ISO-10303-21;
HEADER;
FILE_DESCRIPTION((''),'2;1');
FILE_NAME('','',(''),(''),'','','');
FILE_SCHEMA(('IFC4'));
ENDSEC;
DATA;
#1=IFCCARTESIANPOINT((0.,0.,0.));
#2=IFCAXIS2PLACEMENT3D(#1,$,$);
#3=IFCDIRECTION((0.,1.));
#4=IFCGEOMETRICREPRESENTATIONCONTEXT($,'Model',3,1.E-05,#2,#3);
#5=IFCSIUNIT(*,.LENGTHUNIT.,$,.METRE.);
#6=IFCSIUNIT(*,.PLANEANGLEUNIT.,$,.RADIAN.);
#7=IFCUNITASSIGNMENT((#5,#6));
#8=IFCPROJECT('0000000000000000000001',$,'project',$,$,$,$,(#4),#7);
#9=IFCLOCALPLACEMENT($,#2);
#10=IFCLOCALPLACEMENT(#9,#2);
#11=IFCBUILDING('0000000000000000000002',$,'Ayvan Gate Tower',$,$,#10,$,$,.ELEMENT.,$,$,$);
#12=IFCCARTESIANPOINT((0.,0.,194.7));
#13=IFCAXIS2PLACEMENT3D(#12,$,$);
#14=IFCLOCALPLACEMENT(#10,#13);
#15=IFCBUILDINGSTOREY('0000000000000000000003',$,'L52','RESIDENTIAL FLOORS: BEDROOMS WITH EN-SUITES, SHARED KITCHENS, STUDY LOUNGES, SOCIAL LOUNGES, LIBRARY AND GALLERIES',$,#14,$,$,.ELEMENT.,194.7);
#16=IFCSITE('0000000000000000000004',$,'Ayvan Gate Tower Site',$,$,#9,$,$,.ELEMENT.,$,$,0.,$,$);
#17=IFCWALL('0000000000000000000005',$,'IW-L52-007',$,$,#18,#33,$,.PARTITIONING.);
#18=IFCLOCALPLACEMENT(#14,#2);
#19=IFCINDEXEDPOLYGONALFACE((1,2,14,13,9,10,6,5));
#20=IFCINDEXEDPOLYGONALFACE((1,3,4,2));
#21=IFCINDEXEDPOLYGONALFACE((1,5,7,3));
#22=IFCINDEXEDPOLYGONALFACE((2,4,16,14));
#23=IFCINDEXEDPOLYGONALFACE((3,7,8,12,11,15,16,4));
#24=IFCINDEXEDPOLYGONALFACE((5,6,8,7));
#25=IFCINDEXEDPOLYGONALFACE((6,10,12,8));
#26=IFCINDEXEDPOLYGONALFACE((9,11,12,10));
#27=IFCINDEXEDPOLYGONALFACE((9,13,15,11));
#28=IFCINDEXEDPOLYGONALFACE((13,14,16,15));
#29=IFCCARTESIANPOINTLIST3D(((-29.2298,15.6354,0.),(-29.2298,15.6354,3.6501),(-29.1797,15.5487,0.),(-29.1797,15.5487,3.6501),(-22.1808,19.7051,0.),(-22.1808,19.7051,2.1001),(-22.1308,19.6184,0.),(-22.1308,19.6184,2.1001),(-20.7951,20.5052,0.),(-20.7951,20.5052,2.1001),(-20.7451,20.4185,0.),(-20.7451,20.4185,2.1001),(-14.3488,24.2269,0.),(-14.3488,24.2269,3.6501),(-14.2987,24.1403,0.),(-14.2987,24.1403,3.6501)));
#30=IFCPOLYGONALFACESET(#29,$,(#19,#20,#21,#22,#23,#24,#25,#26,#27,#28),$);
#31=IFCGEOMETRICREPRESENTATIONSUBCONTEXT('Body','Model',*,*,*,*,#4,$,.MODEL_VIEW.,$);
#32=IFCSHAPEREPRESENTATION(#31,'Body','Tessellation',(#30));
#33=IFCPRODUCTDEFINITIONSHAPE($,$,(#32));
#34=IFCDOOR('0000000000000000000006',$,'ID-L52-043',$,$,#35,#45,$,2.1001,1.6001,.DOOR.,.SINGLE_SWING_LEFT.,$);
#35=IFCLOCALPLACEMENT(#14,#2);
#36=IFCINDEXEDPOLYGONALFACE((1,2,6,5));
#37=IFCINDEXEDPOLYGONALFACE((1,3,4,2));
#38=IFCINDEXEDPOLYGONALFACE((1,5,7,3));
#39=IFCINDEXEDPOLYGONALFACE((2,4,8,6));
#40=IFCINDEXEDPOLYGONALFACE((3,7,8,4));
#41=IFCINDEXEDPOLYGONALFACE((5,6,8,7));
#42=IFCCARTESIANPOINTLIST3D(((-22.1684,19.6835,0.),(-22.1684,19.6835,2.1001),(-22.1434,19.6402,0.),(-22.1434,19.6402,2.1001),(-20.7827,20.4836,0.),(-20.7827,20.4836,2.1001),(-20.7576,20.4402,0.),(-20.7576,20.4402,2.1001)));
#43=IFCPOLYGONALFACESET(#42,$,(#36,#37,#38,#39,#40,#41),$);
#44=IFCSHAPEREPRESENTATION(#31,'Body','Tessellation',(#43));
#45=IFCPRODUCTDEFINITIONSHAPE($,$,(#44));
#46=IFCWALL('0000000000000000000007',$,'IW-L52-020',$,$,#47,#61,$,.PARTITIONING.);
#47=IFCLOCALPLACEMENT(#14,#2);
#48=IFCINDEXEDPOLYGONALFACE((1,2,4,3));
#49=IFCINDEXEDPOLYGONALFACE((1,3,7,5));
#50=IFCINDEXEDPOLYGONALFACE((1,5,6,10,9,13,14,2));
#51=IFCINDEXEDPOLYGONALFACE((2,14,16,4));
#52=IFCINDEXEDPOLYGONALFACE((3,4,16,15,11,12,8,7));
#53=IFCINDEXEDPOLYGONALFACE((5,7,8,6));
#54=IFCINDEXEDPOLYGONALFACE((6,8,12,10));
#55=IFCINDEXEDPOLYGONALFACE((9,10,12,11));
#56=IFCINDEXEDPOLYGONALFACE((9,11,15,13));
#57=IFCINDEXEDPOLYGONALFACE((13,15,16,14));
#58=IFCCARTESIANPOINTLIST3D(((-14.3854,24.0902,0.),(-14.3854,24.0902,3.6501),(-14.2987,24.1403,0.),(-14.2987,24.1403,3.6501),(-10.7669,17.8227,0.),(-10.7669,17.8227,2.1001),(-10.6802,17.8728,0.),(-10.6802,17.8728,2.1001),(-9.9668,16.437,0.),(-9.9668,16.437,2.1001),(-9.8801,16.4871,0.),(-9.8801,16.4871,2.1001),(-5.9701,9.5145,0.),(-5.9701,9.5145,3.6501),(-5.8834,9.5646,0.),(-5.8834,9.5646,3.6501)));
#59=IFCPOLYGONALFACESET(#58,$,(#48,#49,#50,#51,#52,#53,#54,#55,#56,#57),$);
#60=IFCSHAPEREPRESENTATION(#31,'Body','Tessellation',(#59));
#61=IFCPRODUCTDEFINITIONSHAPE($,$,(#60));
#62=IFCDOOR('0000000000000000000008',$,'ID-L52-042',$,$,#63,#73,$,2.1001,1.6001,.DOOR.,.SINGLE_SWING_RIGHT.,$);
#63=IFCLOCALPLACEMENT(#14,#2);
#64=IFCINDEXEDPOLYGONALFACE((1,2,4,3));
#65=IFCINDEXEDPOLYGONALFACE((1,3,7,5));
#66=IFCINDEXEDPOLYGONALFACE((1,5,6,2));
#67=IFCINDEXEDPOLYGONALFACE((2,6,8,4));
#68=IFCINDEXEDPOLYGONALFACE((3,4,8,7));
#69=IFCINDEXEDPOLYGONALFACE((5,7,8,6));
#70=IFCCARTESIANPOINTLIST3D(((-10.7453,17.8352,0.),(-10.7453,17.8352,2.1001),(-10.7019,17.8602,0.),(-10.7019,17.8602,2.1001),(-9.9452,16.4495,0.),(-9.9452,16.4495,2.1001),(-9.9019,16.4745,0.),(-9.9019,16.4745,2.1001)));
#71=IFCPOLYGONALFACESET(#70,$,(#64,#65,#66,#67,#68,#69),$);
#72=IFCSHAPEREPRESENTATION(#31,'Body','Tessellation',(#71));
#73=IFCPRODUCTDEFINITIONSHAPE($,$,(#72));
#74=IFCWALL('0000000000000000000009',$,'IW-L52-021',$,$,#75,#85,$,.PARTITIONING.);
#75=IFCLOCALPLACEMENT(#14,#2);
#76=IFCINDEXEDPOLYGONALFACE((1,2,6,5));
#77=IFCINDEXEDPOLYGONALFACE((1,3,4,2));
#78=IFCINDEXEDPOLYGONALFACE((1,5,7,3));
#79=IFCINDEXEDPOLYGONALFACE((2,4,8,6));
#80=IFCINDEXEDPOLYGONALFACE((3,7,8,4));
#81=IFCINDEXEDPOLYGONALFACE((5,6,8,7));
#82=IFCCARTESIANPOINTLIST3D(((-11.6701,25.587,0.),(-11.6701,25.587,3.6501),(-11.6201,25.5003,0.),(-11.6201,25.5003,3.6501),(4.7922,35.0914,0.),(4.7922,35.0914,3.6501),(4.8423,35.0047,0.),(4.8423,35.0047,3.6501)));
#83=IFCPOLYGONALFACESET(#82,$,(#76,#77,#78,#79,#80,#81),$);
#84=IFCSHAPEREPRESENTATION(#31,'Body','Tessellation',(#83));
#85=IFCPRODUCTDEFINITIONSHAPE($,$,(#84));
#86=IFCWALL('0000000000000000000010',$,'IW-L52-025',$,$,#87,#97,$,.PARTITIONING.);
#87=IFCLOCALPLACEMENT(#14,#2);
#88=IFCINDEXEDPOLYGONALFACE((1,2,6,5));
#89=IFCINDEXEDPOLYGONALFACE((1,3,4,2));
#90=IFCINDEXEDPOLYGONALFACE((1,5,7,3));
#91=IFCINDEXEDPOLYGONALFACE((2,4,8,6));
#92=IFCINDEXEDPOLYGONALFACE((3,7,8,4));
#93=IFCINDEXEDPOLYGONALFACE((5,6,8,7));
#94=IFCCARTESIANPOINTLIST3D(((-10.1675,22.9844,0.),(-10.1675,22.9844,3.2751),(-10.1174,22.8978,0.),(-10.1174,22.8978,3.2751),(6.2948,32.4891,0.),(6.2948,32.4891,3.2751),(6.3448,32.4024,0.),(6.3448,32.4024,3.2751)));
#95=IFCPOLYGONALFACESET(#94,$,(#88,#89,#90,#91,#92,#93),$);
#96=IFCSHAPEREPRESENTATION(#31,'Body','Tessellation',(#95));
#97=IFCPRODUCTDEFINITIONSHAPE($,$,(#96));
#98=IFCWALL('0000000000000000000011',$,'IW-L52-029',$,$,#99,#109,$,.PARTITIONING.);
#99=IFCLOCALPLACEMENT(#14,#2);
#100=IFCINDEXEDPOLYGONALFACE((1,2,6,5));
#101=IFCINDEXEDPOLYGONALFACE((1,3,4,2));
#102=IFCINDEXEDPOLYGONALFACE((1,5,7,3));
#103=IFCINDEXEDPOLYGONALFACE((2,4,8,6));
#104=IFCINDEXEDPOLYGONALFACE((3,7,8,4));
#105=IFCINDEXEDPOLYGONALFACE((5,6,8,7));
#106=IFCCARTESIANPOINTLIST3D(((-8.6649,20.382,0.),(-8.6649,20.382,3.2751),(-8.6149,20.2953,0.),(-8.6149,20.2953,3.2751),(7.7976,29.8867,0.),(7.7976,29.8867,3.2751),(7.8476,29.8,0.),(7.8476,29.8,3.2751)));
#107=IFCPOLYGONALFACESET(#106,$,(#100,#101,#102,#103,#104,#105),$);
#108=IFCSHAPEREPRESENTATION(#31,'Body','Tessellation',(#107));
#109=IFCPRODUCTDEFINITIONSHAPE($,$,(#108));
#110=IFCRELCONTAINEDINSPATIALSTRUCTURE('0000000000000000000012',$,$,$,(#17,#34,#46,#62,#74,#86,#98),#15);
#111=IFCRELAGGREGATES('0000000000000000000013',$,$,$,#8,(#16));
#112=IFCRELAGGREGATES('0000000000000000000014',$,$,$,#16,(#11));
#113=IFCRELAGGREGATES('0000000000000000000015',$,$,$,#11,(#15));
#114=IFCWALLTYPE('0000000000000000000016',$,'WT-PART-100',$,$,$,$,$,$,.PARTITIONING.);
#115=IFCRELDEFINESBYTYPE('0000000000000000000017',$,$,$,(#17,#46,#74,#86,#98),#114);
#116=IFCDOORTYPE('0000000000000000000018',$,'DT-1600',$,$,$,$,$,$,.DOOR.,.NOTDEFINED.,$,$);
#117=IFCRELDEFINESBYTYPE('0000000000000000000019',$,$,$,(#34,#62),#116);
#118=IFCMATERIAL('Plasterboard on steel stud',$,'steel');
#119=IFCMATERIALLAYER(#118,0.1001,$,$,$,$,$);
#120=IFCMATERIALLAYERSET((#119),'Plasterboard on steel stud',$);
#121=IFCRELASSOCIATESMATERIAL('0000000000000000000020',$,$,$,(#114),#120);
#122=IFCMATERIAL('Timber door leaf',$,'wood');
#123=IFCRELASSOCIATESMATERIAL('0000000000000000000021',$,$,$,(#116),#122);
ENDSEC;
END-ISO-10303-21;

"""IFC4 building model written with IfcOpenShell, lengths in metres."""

from ifc_helpers import new_model, si_unit, direction, frame, frame_2d, origin, place, context, subcontext, project, spatial, rectangle, extrude, material, layer, layer_set, type_object, element, fill, save


model = new_model("IFC4")

# Units and contexts
model_context = context("Model", 3, precision=1e-05, world=origin(), true_north=direction((0.0, 1.0)))
body_context = subcontext(model_context, "Body", "Model", "MODEL_VIEW")
ifc_project = project(units=[si_unit("LENGTHUNIT", "METRE"), si_unit("PLANEANGLEUNIT", "RADIAN")], contexts=[model_context])

# Site, building, storey
site_placement = place(None, origin())
site = spatial("IfcSite", under=ifc_project, at=site_placement, Name="Ayvan Gate Tower Site", CompositionType="ELEMENT", RefElevation=0.0)
building_placement = place(site_placement, origin())
building = spatial("IfcBuilding", under=site, at=building_placement, Name="Ayvan Gate Tower", CompositionType="ELEMENT")
storey_placement = place(building_placement, frame((0.0, 0.0, 194.7)))
storey = spatial("IfcBuildingStorey", under=building, at=storey_placement, Name="L52", Description="RESIDENTIAL FLOORS: BEDROOMS WITH EN-SUITES, SHARED KITCHENS, STUDY LOUNGES, SOCIAL LOUNGES, LIBRARY AND GALLERIES", CompositionType="ELEMENT", Elevation=194.7)

# Walls, openings, doors
ifc_material_1 = material(Name="Plasterboard on steel stud", Category="steel")
ifc_layer_1 = layer(ifc_material_1, 0.1001)
ifc_layer_set_1 = layer_set([ifc_layer_1], Name="Plasterboard on steel stud")
wall_type = type_object("IfcWallType", Name="WT-PART-100", PredefinedType="PARTITIONING", material=ifc_layer_set_1)
wall_1_placement = place(storey_placement, frame((-14.3237, 24.1836, 0.0), z_axis=(0.0, 0.0, 1.0), x_axis=(-0.866027, -0.499998, 0.0)))
wall_1 = element("IfcWall", 1, at=wall_1_placement, inside=storey, type_object=wall_type, Name="IW-L52-007", PredefinedType="PARTITIONING", context=body_context, shape_type="SweptSolid", body=[
    extrude(rectangle(XDim=17.1831, YDim=0.1001, at=frame_2d((8.5916, 0.0))), origin(), (0.0, 0.0, 1.0), 3.6501),
])
opening_1_placement = place(wall_1_placement, frame((7.4436, 0.0, 0.0)))
opening_1 = element("IfcOpeningElement", 2, at=opening_1_placement, cuts=wall_1, PredefinedType="OPENING", context=body_context, shape_type="SweptSolid", body=[
    extrude(rectangle(XDim=1.6001, YDim=2.1001, at=frame_2d((0.8, 1.05))), frame((0.0, 0.0601, 0.0), z_axis=(0.0, -1.0, 0.0), x_axis=(1.0, 0.0, 0.0)), (0.0, 0.0, 1.0), 0.1201),
])
ifc_material_2 = material(Name="Timber door leaf", Category="wood")
door_type = type_object("IfcDoorType", Name="DT-1600", OperationType="NOTDEFINED", PredefinedType="DOOR", material=ifc_material_2)
door_1_placement = place(opening_1_placement, origin())
door_1 = element("IfcDoor", 3, at=door_1_placement, inside=storey, type_object=door_type, Name="ID-L52-043", OperationType="SINGLE_SWING_LEFT", OverallHeight=2.1001, OverallWidth=1.6001, PredefinedType="DOOR", context=body_context, shape_type="SweptSolid", body=[
    extrude(rectangle(XDim=1.6001, YDim=2.1001, at=frame_2d((0.8, 1.05))), frame((0.0, 0.0249, 0.0), z_axis=(0.0, -1.0, 0.0), x_axis=(1.0, 0.0, 0.0)), (0.0, 0.0, 1.0), 0.05),
])
fill(opening_1, door_1)
wall_2_placement = place(storey_placement, frame((-14.342, 24.1152, 0.0), z_axis=(0.0, 0.0, 1.0), x_axis=(0.5, -0.866025, 0.0)))
wall_2 = element("IfcWall", 4, at=wall_2_placement, inside=storey, type_object=wall_type, Name="IW-L52-020", PredefinedType="PARTITIONING", context=body_context, shape_type="SweptSolid", body=[
    extrude(rectangle(XDim=16.8306, YDim=0.1001, at=frame_2d((8.4153, 0.0))), origin(), (0.0, 0.0, 1.0), 3.6501),
])
opening_2_placement = place(wall_2_placement, frame((7.2371, 0.0, 0.0)))
opening_2 = element("IfcOpeningElement", 5, at=opening_2_placement, cuts=wall_2, PredefinedType="OPENING", context=body_context, shape_type="SweptSolid", body=[
    extrude(rectangle(XDim=1.6001, YDim=2.1001, at=frame_2d((0.8, 1.05))), frame((0.0, 0.0601, 0.0), z_axis=(0.0, -1.0, 0.0), x_axis=(1.0, 0.0, 0.0)), (0.0, 0.0, 1.0), 0.1201),
])
door_2_placement = place(opening_2_placement, origin())
door_2 = element("IfcDoor", 6, at=door_2_placement, inside=storey, type_object=door_type, Name="ID-L52-042", OperationType="SINGLE_SWING_RIGHT", OverallHeight=2.1001, OverallWidth=1.6001, PredefinedType="DOOR", context=body_context, shape_type="SweptSolid", body=[
    extrude(rectangle(XDim=1.6001, YDim=2.1001, at=frame_2d((0.8, 1.05))), frame((0.0, 0.0249, 0.0), z_axis=(0.0, -1.0, 0.0), x_axis=(1.0, 0.0, 0.0)), (0.0, 0.0, 1.0), 0.05),
])
fill(opening_2, door_2)

# Walls
wall_3_placement = place(storey_placement, frame((-11.645, 25.5437, 0.0), z_axis=(0.0, 0.0, 1.0), x_axis=(0.866029, 0.499993, 0.0)))
element("IfcWall", 7, at=wall_3_placement, inside=storey, type_object=wall_type, Name="IW-L52-021", PredefinedType="PARTITIONING", context=body_context, shape_type="SweptSolid", body=[
    extrude(rectangle(XDim=19.009, YDim=0.1001, at=frame_2d((9.5044, 0.0))), origin(), (0.0, 0.0, 1.0), 3.6501),
])
wall_4_placement = place(storey_placement, frame((-10.1423, 22.9412, 0.0), z_axis=(0.0, 0.0, 1.0), x_axis=(0.866021, 0.500008, 0.0)))
element("IfcWall", 8, at=wall_4_placement, inside=storey, type_object=wall_type, Name="IW-L52-025", PredefinedType="PARTITIONING", context=body_context, shape_type="SweptSolid", body=[
    extrude(rectangle(XDim=19.009, YDim=0.1001, at=frame_2d((9.5044, 0.0))), origin(), (0.0, 0.0, 1.0), 3.2751),
])
wall_5_placement = place(storey_placement, frame((-8.6399, 20.3386, 0.0), z_axis=(0.0, 0.0, 1.0), x_axis=(0.866024, 0.500003, 0.0)))
element("IfcWall", 9, at=wall_5_placement, inside=storey, type_object=wall_type, Name="IW-L52-029", PredefinedType="PARTITIONING", context=body_context, shape_type="SweptSolid", body=[
    extrude(rectangle(XDim=19.0093, YDim=0.1001, at=frame_2d((9.5046, 0.0))), origin(), (0.0, 0.0, 1.0), 3.2751),
])

save(model, "model.ifc")
